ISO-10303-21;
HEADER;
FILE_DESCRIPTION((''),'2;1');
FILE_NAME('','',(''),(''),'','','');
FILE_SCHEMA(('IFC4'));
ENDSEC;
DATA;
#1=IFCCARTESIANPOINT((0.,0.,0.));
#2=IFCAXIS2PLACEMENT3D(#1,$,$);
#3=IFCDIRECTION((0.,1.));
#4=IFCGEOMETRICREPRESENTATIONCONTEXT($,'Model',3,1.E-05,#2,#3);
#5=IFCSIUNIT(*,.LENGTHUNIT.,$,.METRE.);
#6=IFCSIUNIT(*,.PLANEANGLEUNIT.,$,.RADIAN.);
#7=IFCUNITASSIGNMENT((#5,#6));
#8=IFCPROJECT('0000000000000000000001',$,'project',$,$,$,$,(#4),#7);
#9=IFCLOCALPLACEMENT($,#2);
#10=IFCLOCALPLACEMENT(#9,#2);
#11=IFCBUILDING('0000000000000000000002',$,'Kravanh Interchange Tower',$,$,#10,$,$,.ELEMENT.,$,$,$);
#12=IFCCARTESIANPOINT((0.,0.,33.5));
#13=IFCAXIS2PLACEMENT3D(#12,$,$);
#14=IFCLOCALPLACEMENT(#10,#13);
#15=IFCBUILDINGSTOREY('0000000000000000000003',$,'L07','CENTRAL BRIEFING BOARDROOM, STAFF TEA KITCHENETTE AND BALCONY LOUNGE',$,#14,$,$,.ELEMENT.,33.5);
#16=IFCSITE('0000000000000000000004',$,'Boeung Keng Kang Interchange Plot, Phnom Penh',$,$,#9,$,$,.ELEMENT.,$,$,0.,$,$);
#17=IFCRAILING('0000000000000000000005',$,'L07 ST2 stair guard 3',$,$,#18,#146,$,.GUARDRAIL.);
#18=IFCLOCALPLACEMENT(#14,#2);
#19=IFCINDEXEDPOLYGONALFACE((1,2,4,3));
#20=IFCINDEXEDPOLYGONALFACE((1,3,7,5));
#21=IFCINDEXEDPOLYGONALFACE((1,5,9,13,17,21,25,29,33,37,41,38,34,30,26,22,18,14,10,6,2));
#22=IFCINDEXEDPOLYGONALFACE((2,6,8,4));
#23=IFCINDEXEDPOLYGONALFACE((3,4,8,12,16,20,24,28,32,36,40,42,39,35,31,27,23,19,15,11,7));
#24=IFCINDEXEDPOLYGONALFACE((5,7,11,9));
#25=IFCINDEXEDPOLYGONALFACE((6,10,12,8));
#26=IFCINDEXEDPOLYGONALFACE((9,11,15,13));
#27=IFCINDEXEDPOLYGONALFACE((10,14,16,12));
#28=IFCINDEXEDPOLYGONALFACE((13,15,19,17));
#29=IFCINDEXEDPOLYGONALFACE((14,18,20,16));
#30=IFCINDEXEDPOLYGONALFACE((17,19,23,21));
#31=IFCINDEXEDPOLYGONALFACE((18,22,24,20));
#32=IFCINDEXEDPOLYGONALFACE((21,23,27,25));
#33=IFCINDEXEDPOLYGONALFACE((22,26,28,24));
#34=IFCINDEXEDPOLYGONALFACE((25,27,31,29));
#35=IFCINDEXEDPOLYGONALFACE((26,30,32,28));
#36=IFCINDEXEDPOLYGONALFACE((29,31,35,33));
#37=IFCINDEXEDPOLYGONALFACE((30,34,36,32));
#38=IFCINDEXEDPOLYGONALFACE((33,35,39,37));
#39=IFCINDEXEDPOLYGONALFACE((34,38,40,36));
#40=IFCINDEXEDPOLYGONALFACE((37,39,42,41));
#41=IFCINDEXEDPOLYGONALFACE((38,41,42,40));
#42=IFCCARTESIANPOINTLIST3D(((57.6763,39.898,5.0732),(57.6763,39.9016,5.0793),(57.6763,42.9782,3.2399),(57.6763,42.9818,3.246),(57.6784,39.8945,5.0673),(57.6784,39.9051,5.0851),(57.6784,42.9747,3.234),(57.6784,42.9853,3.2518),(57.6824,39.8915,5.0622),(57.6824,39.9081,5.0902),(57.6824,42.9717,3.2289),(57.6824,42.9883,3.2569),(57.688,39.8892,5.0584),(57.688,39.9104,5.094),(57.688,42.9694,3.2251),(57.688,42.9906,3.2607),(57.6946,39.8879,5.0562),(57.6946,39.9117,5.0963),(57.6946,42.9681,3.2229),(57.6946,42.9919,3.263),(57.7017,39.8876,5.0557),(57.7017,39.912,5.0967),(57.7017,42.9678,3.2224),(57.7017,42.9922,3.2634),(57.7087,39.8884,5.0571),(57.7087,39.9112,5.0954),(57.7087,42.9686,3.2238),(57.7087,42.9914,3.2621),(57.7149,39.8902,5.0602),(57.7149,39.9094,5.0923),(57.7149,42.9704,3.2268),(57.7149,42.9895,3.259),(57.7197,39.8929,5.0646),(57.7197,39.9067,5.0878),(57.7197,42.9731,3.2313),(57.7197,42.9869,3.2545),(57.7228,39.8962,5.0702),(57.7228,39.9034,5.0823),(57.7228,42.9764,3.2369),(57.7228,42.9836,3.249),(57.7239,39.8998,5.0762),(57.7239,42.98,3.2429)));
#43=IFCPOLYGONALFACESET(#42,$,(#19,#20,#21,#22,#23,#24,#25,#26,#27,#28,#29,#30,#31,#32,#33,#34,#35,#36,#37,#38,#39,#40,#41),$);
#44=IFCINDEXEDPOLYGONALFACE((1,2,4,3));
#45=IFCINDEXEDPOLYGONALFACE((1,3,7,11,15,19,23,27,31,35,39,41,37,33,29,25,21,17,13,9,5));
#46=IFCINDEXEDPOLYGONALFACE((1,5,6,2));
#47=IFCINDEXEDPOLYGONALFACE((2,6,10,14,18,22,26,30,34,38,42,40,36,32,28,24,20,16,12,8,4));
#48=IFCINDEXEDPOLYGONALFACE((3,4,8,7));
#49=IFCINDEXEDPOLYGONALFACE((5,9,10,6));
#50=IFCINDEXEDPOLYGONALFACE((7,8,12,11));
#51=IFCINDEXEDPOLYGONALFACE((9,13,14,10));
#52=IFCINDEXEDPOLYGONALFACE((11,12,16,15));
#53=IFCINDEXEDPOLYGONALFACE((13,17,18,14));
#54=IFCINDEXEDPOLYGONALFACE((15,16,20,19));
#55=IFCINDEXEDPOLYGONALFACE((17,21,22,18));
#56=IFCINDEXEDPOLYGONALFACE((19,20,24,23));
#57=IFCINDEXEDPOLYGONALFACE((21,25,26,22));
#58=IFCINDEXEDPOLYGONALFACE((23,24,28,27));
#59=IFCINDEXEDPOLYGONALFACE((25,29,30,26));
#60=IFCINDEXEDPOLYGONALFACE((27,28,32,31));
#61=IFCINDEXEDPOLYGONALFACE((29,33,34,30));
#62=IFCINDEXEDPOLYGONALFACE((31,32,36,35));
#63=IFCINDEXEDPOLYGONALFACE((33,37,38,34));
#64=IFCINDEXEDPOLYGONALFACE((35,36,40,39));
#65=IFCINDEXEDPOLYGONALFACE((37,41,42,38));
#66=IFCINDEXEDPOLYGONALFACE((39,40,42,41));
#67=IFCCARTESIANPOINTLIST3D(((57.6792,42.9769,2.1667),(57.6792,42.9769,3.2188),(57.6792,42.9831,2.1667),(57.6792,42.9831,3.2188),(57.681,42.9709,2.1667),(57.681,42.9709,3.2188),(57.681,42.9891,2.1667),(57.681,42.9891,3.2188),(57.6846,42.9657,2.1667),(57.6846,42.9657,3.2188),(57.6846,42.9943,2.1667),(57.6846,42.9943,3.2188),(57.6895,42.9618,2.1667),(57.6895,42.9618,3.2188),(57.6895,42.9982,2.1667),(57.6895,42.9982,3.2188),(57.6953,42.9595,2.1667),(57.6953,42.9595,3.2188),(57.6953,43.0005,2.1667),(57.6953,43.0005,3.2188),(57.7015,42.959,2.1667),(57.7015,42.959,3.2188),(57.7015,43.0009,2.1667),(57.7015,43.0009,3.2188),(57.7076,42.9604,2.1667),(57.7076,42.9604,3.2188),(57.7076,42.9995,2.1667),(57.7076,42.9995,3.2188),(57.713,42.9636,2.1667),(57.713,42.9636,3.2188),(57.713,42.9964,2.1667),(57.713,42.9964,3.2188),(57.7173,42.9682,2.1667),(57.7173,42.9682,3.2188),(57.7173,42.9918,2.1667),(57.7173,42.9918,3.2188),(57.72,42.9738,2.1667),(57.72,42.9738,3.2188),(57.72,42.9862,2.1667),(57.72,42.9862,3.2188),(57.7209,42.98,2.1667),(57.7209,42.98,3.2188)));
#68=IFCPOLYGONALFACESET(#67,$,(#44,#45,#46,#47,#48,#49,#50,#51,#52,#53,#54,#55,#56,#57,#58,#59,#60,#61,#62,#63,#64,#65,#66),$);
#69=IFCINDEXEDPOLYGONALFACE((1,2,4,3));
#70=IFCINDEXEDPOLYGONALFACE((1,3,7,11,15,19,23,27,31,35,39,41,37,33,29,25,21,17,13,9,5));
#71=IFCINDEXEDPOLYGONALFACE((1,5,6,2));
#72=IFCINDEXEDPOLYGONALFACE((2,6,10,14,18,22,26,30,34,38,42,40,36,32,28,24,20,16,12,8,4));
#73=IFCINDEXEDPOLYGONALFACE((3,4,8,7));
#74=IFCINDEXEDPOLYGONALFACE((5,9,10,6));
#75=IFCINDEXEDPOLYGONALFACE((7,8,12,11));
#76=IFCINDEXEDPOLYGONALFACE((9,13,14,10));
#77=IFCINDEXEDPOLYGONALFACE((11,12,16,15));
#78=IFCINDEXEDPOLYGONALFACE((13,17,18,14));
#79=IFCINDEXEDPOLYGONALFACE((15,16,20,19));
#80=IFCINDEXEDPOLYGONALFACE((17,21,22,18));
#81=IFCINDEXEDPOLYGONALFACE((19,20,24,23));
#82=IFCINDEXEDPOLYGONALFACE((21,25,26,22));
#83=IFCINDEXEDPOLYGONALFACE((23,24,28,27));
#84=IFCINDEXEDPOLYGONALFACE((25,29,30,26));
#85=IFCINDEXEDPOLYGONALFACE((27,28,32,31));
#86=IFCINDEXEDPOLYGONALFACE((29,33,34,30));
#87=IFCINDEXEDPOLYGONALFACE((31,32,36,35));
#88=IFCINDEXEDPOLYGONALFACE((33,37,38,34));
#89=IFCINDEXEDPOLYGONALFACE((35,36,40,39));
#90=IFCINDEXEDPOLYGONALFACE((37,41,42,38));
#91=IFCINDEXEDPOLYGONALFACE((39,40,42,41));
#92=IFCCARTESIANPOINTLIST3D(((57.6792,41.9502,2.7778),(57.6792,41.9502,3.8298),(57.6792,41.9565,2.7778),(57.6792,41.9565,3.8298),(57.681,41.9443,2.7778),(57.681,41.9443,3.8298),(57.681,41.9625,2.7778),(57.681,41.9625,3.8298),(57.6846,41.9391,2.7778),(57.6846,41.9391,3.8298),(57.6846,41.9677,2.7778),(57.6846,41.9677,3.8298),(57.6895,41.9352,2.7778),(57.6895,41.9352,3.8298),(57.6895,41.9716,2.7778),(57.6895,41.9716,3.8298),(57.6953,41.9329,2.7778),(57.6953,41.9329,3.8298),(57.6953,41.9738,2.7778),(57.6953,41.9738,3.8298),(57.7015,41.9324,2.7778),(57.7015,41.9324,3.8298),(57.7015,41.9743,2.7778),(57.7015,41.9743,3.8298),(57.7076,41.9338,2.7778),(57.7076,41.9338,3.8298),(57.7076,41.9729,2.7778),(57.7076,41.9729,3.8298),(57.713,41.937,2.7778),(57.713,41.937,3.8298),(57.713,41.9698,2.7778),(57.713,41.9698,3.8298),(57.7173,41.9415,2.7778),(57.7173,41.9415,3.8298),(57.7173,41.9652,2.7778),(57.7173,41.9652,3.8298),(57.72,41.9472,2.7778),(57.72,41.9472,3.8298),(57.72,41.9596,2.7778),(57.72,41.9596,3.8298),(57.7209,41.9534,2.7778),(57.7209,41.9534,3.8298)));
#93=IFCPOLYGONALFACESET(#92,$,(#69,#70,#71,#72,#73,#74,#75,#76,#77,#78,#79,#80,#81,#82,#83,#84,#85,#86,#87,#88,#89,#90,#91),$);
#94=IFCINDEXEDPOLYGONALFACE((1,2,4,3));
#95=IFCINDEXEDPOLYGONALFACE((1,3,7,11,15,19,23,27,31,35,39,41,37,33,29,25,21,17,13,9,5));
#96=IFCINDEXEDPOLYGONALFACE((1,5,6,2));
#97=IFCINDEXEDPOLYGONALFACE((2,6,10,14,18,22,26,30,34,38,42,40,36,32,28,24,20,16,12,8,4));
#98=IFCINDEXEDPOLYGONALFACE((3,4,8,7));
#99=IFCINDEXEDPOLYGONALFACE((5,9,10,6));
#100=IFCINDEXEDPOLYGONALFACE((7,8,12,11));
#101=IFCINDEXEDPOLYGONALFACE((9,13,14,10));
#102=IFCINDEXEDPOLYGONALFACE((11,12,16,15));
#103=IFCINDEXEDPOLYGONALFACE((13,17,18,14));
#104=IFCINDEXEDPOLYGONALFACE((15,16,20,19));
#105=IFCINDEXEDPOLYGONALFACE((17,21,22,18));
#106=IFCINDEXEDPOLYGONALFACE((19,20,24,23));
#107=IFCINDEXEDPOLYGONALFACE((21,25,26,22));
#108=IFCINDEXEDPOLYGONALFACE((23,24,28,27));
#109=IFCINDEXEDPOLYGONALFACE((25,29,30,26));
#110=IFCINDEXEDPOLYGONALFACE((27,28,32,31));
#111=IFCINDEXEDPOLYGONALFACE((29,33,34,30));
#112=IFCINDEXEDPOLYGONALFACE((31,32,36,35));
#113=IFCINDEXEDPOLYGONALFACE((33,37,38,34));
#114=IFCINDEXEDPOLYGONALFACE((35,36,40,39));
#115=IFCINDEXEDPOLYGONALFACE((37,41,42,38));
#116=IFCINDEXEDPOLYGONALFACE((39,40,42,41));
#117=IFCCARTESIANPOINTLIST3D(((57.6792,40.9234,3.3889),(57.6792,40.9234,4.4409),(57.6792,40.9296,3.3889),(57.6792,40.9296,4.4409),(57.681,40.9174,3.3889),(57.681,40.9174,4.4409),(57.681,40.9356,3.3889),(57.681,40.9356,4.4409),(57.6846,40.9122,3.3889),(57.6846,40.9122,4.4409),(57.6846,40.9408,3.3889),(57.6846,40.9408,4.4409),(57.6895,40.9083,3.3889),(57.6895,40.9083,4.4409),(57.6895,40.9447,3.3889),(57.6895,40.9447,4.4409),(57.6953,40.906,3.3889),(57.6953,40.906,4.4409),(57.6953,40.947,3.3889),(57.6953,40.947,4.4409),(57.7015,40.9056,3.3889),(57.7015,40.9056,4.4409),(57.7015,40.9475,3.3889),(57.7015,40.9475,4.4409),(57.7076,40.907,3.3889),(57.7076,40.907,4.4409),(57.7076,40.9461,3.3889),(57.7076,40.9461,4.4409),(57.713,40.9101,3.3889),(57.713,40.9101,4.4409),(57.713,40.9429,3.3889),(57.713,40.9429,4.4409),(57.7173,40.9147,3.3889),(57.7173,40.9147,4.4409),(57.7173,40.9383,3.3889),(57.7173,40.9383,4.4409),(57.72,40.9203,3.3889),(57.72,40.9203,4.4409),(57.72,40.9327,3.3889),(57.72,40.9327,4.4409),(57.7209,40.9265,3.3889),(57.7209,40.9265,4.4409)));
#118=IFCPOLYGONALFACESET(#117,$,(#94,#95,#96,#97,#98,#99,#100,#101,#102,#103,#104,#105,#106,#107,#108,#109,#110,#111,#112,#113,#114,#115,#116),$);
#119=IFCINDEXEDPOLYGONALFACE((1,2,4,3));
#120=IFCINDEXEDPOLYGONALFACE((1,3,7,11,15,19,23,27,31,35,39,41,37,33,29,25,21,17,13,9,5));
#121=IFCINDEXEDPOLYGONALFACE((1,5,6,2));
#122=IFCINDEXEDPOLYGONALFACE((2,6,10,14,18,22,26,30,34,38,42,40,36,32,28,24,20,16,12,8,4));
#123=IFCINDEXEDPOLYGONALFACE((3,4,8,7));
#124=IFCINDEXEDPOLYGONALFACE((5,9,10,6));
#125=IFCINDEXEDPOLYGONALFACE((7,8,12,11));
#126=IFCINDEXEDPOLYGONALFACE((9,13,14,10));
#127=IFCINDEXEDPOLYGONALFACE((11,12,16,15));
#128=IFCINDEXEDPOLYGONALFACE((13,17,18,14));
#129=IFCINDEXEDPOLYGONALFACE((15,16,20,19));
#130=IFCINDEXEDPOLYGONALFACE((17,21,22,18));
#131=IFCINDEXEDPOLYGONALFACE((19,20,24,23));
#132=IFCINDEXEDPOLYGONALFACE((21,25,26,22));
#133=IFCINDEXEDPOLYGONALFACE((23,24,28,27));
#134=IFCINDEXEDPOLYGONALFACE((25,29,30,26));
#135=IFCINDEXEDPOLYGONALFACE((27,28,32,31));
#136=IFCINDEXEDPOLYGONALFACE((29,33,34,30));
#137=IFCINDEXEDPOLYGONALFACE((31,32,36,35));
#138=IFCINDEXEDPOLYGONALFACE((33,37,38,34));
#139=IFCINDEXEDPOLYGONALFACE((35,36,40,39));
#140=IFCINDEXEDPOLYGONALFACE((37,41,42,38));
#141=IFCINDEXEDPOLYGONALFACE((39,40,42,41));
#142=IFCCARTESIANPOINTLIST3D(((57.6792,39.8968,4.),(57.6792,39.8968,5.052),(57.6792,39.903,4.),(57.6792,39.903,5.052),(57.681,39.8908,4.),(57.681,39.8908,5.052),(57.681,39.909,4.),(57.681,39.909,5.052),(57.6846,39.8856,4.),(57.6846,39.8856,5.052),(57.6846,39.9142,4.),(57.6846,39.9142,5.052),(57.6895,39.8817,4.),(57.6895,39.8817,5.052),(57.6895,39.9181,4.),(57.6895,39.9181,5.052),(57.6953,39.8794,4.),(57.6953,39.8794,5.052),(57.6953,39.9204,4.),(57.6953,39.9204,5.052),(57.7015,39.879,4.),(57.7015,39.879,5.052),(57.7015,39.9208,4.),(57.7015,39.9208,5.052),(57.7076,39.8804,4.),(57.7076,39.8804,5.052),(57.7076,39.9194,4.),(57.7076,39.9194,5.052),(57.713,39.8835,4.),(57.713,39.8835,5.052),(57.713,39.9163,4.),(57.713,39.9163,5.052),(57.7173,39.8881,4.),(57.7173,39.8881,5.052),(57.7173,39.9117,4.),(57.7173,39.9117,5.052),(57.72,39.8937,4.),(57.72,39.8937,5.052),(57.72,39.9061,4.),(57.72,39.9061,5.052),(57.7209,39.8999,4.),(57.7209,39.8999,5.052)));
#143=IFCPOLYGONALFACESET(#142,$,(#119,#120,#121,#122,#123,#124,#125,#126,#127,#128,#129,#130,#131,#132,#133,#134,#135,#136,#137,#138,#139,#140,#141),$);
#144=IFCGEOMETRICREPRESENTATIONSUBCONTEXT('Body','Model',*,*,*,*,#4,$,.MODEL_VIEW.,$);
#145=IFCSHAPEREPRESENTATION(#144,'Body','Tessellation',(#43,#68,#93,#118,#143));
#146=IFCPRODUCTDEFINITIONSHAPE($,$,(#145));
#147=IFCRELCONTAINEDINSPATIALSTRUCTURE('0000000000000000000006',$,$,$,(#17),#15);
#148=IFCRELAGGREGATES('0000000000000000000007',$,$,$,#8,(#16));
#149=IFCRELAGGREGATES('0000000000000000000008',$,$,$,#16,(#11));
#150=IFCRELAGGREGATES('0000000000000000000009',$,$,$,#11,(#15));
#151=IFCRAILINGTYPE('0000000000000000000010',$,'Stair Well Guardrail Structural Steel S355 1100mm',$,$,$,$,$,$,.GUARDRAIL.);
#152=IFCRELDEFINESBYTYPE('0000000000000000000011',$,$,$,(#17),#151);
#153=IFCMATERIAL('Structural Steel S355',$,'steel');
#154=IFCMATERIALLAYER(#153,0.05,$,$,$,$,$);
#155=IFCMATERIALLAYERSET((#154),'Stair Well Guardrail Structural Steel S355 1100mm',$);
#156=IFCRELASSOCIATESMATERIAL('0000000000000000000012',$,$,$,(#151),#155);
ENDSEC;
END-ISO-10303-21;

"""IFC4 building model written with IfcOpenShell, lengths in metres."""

from ifc_helpers import new_model, si_unit, direction, frame, origin, origin_2d, place, context, subcontext, project, spatial, circle, extrude, material, layer, layer_set, type_object, element, save


model = new_model("IFC4")

# Units and contexts
model_context = context("Model", 3, precision=1e-05, world=origin(), true_north=direction((0.0, 1.0)))
body_context = subcontext(model_context, "Body", "Model", "MODEL_VIEW")
ifc_project = project(units=[si_unit("LENGTHUNIT", "METRE"), si_unit("PLANEANGLEUNIT", "RADIAN")], contexts=[model_context])

# Site, building, storey
site_placement = place(None, origin())
site = spatial("IfcSite", under=ifc_project, at=site_placement, Name="Boeung Keng Kang Interchange Plot, Phnom Penh", CompositionType="ELEMENT", RefElevation=0.0)
building_placement = place(site_placement, origin())
building = spatial("IfcBuilding", under=site, at=building_placement, Name="Kravanh Interchange Tower", CompositionType="ELEMENT")
storey_placement = place(building_placement, frame((0.0, 0.0, 33.5)))
storey = spatial("IfcBuildingStorey", under=building, at=storey_placement, Name="L07", Description="CENTRAL BRIEFING BOARDROOM, STAFF TEA KITCHENETTE AND BALCONY LOUNGE", CompositionType="ELEMENT", Elevation=33.5)

# Railing
ifc_material_1 = material(Name="Structural Steel S355", Category="steel")
ifc_layer_1 = layer(ifc_material_1, 0.05)
ifc_layer_set_1 = layer_set([ifc_layer_1], Name="Stair Well Guardrail Structural Steel S355 1100mm")
railing_type_1 = type_object("IfcRailingType", Name="Stair Well Guardrail Structural Steel S355 1100mm", PredefinedType="GUARDRAIL", material=ifc_layer_set_1)
railing_1_placement = place(storey_placement, frame((57.7, 42.98, 2.1667)))
element("IfcRailing", 1, at=railing_1_placement, inside=storey, type_object=railing_type_1, Name="L07 ST2 stair guard 3", PredefinedType="GUARDRAIL", context=body_context, shape_type="SweptSolid", body=[
    extrude(circle(Radius=0.0239, at=origin_2d()), frame((0.0, 0.0, 1.0762), z_axis=(0.0, -0.859309, 0.511458), x_axis=(1.0, 0.0, 0.0)), (0.0, 0.0, 1.0), 3.5845),
    extrude(circle(Radius=0.021, at=origin_2d()), origin(), (0.0, 0.0, 1.0), 1.052),
    extrude(circle(Radius=0.021, at=origin_2d()), frame((0.0, -1.0266, 0.6111)), (0.0, 0.0, 1.0), 1.052),
    extrude(circle(Radius=0.021, at=origin_2d()), frame((0.0, -2.0535, 1.2222)), (0.0, 0.0, 1.0), 1.052),
    extrude(circle(Radius=0.021, at=origin_2d()), frame((0.0, -3.0801, 1.8333)), (0.0, 0.0, 1.0), 1.052),
])

save(model, "model.ifc")
